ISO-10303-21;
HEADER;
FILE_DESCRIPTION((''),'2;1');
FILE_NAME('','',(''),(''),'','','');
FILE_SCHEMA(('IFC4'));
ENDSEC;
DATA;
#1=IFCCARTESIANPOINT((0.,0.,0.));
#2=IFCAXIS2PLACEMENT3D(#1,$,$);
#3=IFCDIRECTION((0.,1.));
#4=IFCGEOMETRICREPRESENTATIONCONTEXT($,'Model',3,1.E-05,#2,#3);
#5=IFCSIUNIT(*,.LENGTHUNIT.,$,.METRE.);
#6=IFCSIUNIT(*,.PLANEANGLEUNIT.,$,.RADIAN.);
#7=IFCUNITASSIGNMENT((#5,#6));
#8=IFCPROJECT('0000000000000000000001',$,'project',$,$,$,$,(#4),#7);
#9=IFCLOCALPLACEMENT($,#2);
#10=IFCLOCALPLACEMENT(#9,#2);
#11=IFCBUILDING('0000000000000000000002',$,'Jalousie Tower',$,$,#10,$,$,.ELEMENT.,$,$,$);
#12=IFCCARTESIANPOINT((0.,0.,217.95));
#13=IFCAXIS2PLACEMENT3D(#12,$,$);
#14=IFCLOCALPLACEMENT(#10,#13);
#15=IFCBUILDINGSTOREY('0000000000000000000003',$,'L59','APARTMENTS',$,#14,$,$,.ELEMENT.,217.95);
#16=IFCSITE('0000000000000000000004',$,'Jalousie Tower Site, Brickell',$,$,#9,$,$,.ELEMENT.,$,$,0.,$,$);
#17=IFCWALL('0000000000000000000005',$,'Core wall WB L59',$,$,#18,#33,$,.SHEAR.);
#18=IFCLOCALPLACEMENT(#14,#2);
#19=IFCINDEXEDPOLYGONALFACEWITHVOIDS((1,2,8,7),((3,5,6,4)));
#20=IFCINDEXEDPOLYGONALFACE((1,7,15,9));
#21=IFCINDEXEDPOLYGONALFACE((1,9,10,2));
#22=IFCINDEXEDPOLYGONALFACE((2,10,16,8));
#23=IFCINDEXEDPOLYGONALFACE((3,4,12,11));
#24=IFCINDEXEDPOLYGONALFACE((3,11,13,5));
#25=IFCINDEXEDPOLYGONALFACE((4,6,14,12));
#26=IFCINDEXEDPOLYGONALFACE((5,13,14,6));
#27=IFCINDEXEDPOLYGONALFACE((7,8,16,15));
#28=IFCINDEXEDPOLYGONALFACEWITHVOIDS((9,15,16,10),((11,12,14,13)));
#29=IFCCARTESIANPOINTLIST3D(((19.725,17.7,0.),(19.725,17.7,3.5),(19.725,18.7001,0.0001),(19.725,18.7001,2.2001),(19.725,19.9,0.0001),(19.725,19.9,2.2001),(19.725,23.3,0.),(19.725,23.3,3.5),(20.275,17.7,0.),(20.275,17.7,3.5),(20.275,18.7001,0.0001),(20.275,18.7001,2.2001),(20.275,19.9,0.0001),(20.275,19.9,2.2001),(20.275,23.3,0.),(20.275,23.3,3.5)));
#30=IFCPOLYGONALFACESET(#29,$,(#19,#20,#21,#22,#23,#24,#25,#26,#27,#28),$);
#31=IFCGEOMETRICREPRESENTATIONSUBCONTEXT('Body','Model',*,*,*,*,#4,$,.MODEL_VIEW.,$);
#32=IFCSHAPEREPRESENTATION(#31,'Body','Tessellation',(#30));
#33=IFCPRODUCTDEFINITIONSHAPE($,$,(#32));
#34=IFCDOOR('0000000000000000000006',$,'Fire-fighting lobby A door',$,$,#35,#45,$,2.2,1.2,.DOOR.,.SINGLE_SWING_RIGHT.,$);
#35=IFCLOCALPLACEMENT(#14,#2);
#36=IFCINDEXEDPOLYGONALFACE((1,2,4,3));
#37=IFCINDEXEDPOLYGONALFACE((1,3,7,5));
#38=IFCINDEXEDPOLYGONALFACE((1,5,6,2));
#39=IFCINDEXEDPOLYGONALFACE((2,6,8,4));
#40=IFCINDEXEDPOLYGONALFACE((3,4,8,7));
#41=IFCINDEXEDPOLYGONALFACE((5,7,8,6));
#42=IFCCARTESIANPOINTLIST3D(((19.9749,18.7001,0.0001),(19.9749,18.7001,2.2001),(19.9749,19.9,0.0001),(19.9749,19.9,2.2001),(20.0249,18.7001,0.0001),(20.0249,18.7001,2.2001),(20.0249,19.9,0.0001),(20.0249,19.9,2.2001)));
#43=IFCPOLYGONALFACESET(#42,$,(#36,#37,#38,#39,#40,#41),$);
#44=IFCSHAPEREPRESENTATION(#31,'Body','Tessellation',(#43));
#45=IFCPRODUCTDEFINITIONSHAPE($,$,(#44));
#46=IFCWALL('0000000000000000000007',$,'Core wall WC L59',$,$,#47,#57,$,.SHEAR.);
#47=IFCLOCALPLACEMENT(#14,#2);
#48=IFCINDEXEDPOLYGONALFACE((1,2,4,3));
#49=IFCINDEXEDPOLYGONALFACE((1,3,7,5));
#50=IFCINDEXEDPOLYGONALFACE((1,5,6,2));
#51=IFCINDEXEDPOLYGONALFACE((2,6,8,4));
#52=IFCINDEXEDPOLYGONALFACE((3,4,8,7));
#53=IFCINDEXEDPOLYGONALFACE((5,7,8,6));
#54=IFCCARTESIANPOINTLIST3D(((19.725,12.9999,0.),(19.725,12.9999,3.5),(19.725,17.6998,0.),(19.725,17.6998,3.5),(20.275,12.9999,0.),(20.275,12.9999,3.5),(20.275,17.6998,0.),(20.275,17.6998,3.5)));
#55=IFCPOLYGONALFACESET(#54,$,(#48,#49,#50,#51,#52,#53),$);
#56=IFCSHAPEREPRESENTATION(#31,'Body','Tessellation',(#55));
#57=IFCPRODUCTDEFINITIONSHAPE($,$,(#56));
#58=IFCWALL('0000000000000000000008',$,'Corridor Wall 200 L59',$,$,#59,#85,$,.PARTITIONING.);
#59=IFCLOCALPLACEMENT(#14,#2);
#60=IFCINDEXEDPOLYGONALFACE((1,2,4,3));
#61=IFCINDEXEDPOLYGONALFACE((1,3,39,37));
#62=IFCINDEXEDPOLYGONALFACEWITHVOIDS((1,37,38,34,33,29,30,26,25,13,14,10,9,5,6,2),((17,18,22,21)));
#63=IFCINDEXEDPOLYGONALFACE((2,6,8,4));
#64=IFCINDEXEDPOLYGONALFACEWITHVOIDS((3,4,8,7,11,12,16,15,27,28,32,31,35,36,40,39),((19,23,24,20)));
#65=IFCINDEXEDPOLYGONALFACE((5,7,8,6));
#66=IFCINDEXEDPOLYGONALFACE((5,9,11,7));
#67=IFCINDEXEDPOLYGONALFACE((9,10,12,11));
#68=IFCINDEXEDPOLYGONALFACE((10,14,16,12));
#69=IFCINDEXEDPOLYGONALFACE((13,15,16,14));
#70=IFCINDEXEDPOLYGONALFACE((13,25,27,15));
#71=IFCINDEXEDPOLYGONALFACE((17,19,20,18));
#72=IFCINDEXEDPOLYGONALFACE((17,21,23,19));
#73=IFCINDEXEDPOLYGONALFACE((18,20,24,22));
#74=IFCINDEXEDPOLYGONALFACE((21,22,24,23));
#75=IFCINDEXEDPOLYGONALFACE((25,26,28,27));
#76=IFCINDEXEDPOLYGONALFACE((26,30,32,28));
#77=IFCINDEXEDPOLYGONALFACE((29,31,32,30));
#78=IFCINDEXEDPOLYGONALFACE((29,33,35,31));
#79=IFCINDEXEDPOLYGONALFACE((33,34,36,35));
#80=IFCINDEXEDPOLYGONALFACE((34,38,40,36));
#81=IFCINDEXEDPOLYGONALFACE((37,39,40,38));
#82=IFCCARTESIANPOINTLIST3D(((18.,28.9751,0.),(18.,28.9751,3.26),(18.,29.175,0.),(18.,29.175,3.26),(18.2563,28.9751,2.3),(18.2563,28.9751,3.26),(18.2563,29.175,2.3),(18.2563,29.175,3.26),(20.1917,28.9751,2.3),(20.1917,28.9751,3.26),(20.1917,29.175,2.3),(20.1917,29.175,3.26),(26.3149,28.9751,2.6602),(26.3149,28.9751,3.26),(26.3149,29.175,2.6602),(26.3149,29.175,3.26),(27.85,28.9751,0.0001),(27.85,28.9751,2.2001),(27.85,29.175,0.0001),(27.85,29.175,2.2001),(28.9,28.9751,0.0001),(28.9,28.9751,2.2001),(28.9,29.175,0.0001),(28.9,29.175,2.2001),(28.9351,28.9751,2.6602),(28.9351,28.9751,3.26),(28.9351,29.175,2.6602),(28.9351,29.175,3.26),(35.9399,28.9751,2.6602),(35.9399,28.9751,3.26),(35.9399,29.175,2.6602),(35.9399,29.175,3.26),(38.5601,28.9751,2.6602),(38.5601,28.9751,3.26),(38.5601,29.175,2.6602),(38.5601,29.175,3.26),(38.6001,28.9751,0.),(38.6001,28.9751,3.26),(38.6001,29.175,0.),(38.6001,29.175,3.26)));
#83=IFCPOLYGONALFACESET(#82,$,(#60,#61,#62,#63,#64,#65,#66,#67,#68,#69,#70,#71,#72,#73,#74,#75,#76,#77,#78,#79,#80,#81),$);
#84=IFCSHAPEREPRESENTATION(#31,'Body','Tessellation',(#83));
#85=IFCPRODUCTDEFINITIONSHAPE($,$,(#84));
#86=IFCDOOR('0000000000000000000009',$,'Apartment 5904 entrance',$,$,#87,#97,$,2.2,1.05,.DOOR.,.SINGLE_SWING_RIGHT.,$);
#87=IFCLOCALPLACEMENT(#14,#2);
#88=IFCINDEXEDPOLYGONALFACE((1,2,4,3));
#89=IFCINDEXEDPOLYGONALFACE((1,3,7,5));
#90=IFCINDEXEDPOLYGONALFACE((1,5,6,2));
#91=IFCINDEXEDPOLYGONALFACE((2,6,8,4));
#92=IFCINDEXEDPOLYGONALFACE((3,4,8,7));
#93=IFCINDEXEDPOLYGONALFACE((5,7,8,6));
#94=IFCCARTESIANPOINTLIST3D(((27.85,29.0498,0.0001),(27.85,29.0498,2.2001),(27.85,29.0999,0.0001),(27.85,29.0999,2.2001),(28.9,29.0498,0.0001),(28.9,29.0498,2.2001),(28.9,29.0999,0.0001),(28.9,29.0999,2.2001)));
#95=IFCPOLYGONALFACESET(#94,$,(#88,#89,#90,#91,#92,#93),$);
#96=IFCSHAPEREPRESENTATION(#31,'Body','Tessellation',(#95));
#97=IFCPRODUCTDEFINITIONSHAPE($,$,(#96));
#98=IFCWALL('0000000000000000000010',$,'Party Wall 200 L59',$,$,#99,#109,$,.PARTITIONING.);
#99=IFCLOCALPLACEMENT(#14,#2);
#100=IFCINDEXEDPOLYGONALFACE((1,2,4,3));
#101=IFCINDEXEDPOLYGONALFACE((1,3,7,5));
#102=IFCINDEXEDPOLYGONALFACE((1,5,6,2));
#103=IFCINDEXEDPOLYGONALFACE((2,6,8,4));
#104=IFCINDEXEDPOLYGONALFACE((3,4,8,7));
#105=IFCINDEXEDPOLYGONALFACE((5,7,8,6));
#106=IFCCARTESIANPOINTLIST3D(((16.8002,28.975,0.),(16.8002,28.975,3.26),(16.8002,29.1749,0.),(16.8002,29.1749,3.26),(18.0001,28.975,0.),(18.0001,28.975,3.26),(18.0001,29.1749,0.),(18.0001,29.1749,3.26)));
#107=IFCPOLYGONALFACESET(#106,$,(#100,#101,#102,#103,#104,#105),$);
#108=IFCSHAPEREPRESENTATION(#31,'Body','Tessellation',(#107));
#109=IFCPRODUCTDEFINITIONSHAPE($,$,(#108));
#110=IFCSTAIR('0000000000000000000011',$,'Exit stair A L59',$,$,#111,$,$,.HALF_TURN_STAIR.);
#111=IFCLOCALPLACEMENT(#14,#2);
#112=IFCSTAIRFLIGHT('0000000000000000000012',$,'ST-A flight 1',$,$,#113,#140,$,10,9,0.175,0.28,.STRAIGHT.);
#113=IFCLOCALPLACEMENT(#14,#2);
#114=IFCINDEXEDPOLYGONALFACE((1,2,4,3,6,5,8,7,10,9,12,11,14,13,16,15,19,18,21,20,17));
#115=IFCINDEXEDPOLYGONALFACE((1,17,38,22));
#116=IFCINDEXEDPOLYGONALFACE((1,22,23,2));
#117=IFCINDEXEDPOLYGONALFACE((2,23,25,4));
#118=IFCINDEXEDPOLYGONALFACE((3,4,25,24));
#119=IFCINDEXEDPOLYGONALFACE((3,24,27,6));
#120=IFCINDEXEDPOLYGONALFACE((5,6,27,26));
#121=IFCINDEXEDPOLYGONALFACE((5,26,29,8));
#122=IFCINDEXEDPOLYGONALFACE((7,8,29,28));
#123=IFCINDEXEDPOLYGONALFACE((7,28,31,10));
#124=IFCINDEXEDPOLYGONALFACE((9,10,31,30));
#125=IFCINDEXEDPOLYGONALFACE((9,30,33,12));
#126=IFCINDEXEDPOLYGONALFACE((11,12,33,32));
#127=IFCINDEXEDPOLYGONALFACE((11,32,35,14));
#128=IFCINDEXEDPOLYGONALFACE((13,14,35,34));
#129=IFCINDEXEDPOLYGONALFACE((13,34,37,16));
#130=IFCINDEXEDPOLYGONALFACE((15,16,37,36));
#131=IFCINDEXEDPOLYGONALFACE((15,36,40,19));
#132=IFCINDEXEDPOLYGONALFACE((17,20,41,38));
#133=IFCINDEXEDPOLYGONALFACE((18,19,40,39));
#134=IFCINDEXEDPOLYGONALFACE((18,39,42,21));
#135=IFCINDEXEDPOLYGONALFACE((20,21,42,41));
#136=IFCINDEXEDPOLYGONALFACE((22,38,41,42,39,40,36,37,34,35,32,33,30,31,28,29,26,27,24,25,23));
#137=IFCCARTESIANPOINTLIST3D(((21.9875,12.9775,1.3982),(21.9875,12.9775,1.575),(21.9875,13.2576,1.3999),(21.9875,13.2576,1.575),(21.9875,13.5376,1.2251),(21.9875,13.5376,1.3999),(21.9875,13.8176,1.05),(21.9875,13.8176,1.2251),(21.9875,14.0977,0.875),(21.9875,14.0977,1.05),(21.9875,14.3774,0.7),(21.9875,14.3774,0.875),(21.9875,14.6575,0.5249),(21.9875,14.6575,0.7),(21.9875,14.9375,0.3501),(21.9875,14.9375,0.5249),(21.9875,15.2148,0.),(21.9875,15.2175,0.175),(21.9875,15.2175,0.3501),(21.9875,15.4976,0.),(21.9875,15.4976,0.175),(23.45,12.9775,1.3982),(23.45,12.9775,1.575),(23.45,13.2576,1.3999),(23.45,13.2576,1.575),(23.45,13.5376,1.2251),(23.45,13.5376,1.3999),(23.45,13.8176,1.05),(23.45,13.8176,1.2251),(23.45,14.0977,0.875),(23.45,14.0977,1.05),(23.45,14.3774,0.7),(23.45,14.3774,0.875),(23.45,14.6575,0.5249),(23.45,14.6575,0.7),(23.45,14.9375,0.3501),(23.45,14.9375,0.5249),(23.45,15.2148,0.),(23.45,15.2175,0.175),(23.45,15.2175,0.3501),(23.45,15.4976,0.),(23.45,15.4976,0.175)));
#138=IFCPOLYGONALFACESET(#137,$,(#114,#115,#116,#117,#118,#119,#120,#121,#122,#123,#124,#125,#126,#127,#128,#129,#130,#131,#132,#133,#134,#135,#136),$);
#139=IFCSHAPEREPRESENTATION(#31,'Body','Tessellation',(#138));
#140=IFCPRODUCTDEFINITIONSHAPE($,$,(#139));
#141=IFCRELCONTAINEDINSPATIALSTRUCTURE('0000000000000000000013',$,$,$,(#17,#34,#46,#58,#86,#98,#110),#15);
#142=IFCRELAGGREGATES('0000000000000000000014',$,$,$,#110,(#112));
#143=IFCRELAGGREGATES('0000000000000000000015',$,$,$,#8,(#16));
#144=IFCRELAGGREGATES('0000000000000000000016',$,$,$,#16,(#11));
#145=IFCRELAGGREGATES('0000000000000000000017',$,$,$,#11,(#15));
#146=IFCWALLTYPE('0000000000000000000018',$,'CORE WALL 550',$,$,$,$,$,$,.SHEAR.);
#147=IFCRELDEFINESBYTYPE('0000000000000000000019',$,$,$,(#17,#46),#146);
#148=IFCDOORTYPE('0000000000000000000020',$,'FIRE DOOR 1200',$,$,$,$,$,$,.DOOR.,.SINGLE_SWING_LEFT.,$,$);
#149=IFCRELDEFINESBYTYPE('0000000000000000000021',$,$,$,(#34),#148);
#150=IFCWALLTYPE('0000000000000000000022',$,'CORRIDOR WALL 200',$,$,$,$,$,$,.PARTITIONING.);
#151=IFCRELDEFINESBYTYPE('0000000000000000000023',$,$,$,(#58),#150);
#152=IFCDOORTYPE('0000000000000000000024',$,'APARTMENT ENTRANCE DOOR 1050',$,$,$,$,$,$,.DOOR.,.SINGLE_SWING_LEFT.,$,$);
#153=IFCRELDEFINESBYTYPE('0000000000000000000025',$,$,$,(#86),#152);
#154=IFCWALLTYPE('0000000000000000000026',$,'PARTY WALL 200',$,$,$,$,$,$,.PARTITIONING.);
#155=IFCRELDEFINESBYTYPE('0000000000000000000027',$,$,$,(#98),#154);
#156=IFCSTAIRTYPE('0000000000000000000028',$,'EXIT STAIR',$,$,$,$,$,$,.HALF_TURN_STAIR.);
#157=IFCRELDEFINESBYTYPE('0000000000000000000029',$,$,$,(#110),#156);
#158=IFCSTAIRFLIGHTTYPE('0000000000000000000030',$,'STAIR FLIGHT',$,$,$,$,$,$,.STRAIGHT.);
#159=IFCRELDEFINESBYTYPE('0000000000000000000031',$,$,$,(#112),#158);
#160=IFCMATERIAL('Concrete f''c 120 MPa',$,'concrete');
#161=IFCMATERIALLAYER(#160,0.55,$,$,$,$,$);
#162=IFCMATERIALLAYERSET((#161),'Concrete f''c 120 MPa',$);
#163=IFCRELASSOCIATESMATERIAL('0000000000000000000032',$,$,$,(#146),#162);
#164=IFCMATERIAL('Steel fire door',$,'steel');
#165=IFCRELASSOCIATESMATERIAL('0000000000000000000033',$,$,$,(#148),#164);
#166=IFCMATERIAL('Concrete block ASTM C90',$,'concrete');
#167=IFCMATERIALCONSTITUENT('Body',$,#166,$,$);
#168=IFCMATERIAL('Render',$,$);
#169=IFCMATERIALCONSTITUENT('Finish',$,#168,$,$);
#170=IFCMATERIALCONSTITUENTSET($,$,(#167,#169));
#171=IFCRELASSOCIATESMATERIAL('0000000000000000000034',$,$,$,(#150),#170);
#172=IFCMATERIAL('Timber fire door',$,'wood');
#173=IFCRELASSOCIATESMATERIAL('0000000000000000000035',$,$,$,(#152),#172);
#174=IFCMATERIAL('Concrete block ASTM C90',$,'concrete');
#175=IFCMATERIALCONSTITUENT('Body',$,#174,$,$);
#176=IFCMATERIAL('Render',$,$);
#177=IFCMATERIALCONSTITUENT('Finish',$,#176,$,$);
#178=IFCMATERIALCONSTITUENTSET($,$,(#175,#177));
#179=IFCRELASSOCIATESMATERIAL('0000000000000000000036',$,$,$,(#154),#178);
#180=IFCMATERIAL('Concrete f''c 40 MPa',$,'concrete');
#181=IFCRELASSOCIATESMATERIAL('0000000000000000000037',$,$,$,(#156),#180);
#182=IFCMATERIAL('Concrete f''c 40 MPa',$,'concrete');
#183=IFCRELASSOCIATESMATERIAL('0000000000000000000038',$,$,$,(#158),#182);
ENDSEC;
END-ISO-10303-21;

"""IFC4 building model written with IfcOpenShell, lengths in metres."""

from ifc_helpers import new_model, si_unit, direction, frame, frame_2d, origin, place, context, subcontext, project, spatial, polyline, rectangle, outline, extrude, material, layer, layer_set, constituent, constituent_set, type_object, element, fill, aggregate, save


model = new_model("IFC4")

# Units and contexts
model_context = context("Model", 3, precision=1e-05, world=origin(), true_north=direction((0.0, 1.0)))
body_context = subcontext(model_context, "Body", "Model", "MODEL_VIEW")
ifc_project = project(units=[si_unit("LENGTHUNIT", "METRE"), si_unit("PLANEANGLEUNIT", "RADIAN")], contexts=[model_context])

# Site, building, storey
site_placement = place(None, origin())
site = spatial("IfcSite", under=ifc_project, at=site_placement, Name="Jalousie Tower Site, Brickell", CompositionType="ELEMENT", RefElevation=0.0)
building_placement = place(site_placement, origin())
building = spatial("IfcBuilding", under=site, at=building_placement, Name="Jalousie Tower", CompositionType="ELEMENT")
storey_placement = place(building_placement, frame((0.0, 0.0, 217.95)))
storey = spatial("IfcBuildingStorey", under=building, at=storey_placement, Name="L59", Description="APARTMENTS", CompositionType="ELEMENT", Elevation=217.95)

# Shared definitions
ifc_material_1 = material(Name="Concrete f'c 120 MPa", Category="concrete")
ifc_layer_1 = layer(ifc_material_1, 0.55)
ifc_layer_set_1 = layer_set([ifc_layer_1], Name="Concrete f'c 120 MPa")
wall_type_1 = type_object("IfcWallType", Name="CORE WALL 550", PredefinedType="SHEAR", material=ifc_layer_set_1)

# Wall, opening, door
wall_1_placement = place(storey_placement, frame((20.0, 23.3, 0.0), z_axis=(0.0, 0.0, 1.0), x_axis=(0.0, -1.0, 0.0)))
wall_1 = element("IfcWall", 1, at=wall_1_placement, inside=storey, type_object=wall_type_1, Name="Core wall WB L59", PredefinedType="SHEAR", context=body_context, shape_type="SweptSolid", body=[
    extrude(rectangle(XDim=5.6001, YDim=0.55, at=frame_2d((2.8, 0.0))), origin(), (0.0, 0.0, 1.0), 3.5),
])
opening_1_placement = place(wall_1_placement, frame((3.3999, 0.0, 0.0)))
opening_1 = element("IfcOpeningElement", 2, at=opening_1_placement, cuts=wall_1, PredefinedType="OPENING", context=body_context, shape_type="SweptSolid", body=[
    extrude(rectangle(XDim=1.2, YDim=2.2, at=frame_2d((0.6001, 1.1001))), frame((0.0, 0.2849, 0.0), z_axis=(0.0, -1.0, 0.0), x_axis=(1.0, 0.0, 0.0)), (0.0, 0.0, 1.0), 0.5701),
])
ifc_material_2 = material(Name="Steel fire door", Category="steel")
door_type_1 = type_object("IfcDoorType", Name="FIRE DOOR 1200", OperationType="SINGLE_SWING_LEFT", PredefinedType="DOOR", material=ifc_material_2)
door_1_placement = place(opening_1_placement, origin())
door_1 = element("IfcDoor", 3, at=door_1_placement, inside=storey, type_object=door_type_1, Name="Fire-fighting lobby A door", OperationType="SINGLE_SWING_RIGHT", OverallHeight=2.2, OverallWidth=1.2, PredefinedType="DOOR", context=body_context, shape_type="SweptSolid", body=[
    extrude(rectangle(XDim=1.2, YDim=2.2, at=frame_2d((0.6001, 1.1001))), frame((0.0, 0.0249, 0.0), z_axis=(0.0, -1.0, 0.0), x_axis=(1.0, 0.0, 0.0)), (0.0, 0.0, 1.0), 0.05),
])
fill(opening_1, door_1)

# Wall
wall_2_placement = place(storey_placement, frame((20.0, 17.7, 0.0), z_axis=(0.0, 0.0, 1.0), x_axis=(0.0, -1.0, 0.0)))
element("IfcWall", 4, at=wall_2_placement, inside=storey, type_object=wall_type_1, Name="Core wall WC L59", PredefinedType="SHEAR", context=body_context, shape_type="SweptSolid", body=[
    extrude(rectangle(XDim=4.7, YDim=0.55, at=frame_2d((2.3501, 0.0))), origin(), (0.0, 0.0, 1.0), 3.5),
])

# Wall, opening, door
ifc_material_3 = material(Name="Concrete block ASTM C90", Category="concrete")
ifc_constituent_1 = constituent(ifc_material_3, Name="Body")
ifc_material_4 = material(Name="Render")
ifc_constituent_2 = constituent(ifc_material_4, Name="Finish")
ifc_constituent_set_1 = constituent_set(constituents=[ifc_constituent_1, ifc_constituent_2])
wall_type_2 = type_object("IfcWallType", Name="CORRIDOR WALL 200", PredefinedType="PARTITIONING", material=ifc_constituent_set_1)
wall_3_placement = place(storey_placement, frame((18.0, 29.075, 0.0), z_axis=(0.0, 0.0, 1.0), x_axis=(1.0, 0.0, 0.0)))
wall_3 = element("IfcWall", 5, at=wall_3_placement, inside=storey, type_object=wall_type_2, Name="Corridor Wall 200 L59", PredefinedType="PARTITIONING", context=body_context, shape_type="SweptSolid", body=[
    extrude(outline(polyline([(0.0, 0.0), (20.6001, 0.0), (20.6001, 3.26), (20.5601, 3.26), (20.5601, 2.6602), (17.9399, 2.6602), (17.9399, 3.26), (10.9351, 3.26), (10.9351, 2.6602), (8.3149, 2.6602), (8.3149, 3.26), (2.1917, 3.26), (2.1917, 2.3), (0.2563, 2.3), (0.2563, 3.26), (0.0, 3.26), (0.0, 0.0)])), frame((0.0, 0.1001, 0.0), z_axis=(0.0, -1.0, 0.0), x_axis=(1.0, 0.0, 0.0)), (0.0, 0.0, 1.0), 0.2),
])
opening_2_placement = place(wall_3_placement, frame((9.8501, 0.0, 0.0)))
opening_2 = element("IfcOpeningElement", 6, at=opening_2_placement, cuts=wall_3, PredefinedType="OPENING", context=body_context, shape_type="SweptSolid", body=[
    extrude(rectangle(XDim=1.05, YDim=2.2, at=frame_2d((0.5249, 1.1001))), frame((0.0, 0.1099, 0.0), z_axis=(0.0, -1.0, 0.0), x_axis=(1.0, 0.0, 0.0)), (0.0, 0.0, 1.0), 0.22),
])
ifc_material_5 = material(Name="Timber fire door", Category="wood")
door_type_2 = type_object("IfcDoorType", Name="APARTMENT ENTRANCE DOOR 1050", OperationType="SINGLE_SWING_LEFT", PredefinedType="DOOR", material=ifc_material_5)
door_2_placement = place(opening_2_placement, origin())
door_2 = element("IfcDoor", 7, at=door_2_placement, inside=storey, type_object=door_type_2, Name="Apartment 5904 entrance", OperationType="SINGLE_SWING_RIGHT", OverallHeight=2.2, OverallWidth=1.05, PredefinedType="DOOR", context=body_context, shape_type="SweptSolid", body=[
    extrude(rectangle(XDim=1.05, YDim=2.2, at=frame_2d((0.5249, 1.1001))), frame((0.0, 0.0249, 0.0), z_axis=(0.0, -1.0, 0.0), x_axis=(1.0, 0.0, 0.0)), (0.0, 0.0, 1.0), 0.05),
])
fill(opening_2, door_2)

# Wall
ifc_material_6 = material(Name="Concrete block ASTM C90", Category="concrete")
ifc_constituent_3 = constituent(ifc_material_6, Name="Body")
ifc_material_7 = material(Name="Render")
ifc_constituent_4 = constituent(ifc_material_7, Name="Finish")
ifc_constituent_set_2 = constituent_set(constituents=[ifc_constituent_3, ifc_constituent_4])
wall_type_3 = type_object("IfcWallType", Name="PARTY WALL 200", PredefinedType="PARTITIONING", material=ifc_constituent_set_2)
wall_4_placement = place(storey_placement, frame((16.8, 29.075, 0.0), z_axis=(0.0, 0.0, 1.0), x_axis=(1.0, 0.0, 0.0)))
element("IfcWall", 8, at=wall_4_placement, inside=storey, type_object=wall_type_3, Name="Party Wall 200 L59", PredefinedType="PARTITIONING", context=body_context, shape_type="SweptSolid", body=[
    extrude(rectangle(XDim=1.2, YDim=0.2, at=frame_2d((0.6001, 0.0))), origin(), (0.0, 0.0, 1.0), 3.26),
])

# Stair, stair flight
ifc_material_8 = material(Name="Concrete f'c 40 MPa", Category="concrete")
stair_type = type_object("IfcStairType", Name="EXIT STAIR", PredefinedType="HALF_TURN_STAIR", material=ifc_material_8)
stair_placement = place(storey_placement, origin())
stair = element("IfcStair", 9, at=stair_placement, inside=storey, type_object=stair_type, Name="Exit stair A L59", PredefinedType="HALF_TURN_STAIR")
ifc_material_9 = material(Name="Concrete f'c 40 MPa", Category="concrete")
stair_flight_type = type_object("IfcStairFlightType", Name="STAIR FLIGHT", PredefinedType="STRAIGHT", material=ifc_material_9)
stair_flight_placement = place(storey_placement, frame((22.7188, 15.4976, 0.0), z_axis=(0.0, 0.0, 1.0), x_axis=(0.0, -1.0, 0.0)))
stair_flight = element("IfcStairFlight", 10, at=stair_flight_placement, type_object=stair_flight_type, Name="ST-A flight 1", NumberOfRisers=10, NumberOfTreads=9, PredefinedType="STRAIGHT", RiserHeight=0.175, TreadLength=0.28, context=body_context, shape_type="SweptSolid", body=[
    extrude(outline(polyline([(0.0, 0.0), (0.0, 0.175), (0.28, 0.175), (0.28, 0.3501), (0.5601, 0.3501), (0.5601, 0.5249), (0.8401, 0.5249), (0.8401, 0.7), (1.1201, 0.7), (1.1201, 0.875), (1.3999, 0.875), (1.3999, 1.05), (1.6799, 1.05), (1.6799, 1.2251), (1.96, 1.2251), (1.96, 1.3999), (2.24, 1.3999), (2.24, 1.575), (2.52, 1.575), (2.52, 1.75), (2.52, 1.3982), (0.2827, 0.0), (0.0, 0.0)])), frame((0.0, 0.7312, 0.0), z_axis=(0.0, -1.0, 0.0), x_axis=(1.0, 0.0, 0.0)), (0.0, 0.0, 1.0), 1.4624),
])
aggregate(stair, [stair_flight])

save(model, "model.ifc")
